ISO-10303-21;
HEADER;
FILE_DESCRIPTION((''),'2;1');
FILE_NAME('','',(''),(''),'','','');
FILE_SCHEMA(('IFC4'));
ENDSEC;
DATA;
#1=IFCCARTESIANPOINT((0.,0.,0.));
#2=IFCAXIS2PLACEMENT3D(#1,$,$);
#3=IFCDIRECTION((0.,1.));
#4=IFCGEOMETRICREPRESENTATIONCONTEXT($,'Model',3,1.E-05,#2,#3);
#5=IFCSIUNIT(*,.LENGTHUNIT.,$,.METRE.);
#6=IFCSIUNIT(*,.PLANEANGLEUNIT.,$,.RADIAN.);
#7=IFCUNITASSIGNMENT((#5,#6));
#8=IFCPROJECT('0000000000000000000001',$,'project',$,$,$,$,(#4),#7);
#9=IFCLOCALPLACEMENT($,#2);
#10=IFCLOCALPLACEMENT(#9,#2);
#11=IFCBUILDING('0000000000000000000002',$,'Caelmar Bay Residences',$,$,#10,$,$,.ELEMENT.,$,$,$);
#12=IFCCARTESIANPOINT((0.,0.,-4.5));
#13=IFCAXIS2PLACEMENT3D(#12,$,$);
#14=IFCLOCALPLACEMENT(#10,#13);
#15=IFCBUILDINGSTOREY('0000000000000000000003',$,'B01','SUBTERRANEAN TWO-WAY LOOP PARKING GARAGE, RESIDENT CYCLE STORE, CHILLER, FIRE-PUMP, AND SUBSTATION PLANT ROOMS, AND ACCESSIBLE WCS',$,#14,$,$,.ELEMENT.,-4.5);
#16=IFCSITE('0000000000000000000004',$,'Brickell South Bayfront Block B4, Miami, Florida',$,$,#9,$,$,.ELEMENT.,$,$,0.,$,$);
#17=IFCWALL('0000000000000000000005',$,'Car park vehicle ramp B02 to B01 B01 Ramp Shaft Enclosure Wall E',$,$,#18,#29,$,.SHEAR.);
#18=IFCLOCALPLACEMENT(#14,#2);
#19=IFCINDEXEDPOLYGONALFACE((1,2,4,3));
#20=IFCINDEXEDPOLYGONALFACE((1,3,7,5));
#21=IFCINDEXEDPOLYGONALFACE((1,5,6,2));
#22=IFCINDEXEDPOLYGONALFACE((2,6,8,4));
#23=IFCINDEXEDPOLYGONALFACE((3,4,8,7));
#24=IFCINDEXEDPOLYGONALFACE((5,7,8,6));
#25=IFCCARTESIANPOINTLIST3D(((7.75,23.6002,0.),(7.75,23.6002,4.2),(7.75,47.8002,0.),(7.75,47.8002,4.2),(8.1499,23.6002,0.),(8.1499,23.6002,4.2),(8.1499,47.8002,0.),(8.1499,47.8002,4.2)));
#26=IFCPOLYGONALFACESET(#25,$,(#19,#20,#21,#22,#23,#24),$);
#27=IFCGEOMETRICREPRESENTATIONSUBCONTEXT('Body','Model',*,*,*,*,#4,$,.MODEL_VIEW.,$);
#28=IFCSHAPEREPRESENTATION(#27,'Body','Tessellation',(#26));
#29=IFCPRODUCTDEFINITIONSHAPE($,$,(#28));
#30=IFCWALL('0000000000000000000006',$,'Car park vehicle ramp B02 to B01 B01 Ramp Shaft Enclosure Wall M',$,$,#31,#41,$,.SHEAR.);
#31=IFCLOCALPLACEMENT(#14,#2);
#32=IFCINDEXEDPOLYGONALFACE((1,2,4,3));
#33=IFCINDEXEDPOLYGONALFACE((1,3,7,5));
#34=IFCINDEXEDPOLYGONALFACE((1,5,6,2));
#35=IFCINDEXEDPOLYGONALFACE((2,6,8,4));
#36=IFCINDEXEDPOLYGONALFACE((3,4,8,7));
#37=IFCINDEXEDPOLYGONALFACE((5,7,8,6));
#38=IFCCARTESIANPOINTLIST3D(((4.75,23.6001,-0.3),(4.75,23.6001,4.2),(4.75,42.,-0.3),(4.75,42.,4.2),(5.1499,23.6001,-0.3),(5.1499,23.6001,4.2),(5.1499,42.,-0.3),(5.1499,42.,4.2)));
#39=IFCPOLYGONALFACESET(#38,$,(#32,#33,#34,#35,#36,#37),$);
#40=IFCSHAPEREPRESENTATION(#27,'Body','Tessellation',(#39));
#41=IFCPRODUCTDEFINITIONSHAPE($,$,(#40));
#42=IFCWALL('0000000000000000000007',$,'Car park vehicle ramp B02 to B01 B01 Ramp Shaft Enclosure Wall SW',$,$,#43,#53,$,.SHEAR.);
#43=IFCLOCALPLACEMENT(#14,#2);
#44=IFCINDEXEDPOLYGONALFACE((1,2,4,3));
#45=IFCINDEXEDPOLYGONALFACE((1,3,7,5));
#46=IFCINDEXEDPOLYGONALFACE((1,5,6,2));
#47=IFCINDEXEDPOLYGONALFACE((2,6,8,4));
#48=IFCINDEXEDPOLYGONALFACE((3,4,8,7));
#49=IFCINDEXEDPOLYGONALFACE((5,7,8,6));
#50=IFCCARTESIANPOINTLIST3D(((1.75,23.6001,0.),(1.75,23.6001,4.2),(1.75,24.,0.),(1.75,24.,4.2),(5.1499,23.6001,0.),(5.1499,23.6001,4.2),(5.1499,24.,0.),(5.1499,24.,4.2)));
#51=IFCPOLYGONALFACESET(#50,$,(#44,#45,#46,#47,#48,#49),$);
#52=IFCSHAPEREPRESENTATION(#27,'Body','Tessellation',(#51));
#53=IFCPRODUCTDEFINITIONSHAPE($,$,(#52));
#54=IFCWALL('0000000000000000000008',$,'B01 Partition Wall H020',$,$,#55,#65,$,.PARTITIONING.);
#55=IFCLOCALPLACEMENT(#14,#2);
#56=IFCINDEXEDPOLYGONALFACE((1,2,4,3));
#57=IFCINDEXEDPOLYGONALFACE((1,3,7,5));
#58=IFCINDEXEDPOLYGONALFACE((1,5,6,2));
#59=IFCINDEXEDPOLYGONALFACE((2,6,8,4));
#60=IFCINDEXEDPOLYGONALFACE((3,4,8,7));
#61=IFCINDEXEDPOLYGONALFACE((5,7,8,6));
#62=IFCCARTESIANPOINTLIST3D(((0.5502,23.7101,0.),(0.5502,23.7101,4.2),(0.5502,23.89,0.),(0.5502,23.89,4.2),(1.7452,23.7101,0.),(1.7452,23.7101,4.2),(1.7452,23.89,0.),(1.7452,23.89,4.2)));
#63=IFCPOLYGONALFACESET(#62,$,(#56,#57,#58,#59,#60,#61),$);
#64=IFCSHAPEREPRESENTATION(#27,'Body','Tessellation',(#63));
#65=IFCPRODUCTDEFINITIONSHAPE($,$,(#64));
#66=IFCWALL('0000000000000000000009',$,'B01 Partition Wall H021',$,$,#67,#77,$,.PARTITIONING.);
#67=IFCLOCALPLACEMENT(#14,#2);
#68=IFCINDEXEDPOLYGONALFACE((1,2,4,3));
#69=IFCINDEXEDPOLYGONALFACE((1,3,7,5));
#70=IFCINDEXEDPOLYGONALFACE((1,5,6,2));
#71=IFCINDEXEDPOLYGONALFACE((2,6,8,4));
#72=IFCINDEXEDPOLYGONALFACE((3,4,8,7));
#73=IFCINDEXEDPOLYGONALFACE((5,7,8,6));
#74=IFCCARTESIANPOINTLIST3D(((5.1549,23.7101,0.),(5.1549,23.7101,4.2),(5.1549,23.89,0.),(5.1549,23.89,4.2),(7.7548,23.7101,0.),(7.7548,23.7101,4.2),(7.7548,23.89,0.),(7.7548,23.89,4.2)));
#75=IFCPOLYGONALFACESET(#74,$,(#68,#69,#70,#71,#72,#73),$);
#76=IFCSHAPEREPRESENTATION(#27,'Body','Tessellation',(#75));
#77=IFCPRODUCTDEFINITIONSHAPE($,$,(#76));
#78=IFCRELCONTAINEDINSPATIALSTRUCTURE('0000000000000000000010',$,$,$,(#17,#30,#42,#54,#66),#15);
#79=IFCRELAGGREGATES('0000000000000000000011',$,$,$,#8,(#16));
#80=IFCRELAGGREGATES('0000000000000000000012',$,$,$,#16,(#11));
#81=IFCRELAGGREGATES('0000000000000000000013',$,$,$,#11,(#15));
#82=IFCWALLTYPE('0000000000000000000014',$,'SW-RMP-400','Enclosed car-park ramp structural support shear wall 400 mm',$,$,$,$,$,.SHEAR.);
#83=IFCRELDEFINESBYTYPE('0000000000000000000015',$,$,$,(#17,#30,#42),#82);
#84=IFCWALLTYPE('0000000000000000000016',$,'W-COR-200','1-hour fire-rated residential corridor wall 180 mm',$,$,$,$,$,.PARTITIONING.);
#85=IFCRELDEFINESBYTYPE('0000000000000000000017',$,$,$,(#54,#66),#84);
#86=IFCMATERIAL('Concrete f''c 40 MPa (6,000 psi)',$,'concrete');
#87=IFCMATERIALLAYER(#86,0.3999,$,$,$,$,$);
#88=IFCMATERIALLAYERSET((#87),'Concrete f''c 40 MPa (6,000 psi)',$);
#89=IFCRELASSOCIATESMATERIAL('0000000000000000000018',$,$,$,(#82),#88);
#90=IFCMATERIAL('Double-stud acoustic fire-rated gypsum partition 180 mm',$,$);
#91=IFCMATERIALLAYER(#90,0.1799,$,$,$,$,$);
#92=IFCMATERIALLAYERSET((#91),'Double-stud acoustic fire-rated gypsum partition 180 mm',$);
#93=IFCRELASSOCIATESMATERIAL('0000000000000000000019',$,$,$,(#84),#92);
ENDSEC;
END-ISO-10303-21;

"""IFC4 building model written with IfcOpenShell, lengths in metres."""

from ifc_helpers import new_model, si_unit, direction, frame, frame_2d, origin, place, context, subcontext, project, spatial, rectangle, extrude, material, layer, layer_set, type_object, element, save


model = new_model("IFC4")

# Units and contexts
model_context = context("Model", 3, precision=1e-05, world=origin(), true_north=direction((0.0, 1.0)))
body_context = subcontext(model_context, "Body", "Model", "MODEL_VIEW")
ifc_project = project(units=[si_unit("LENGTHUNIT", "METRE"), si_unit("PLANEANGLEUNIT", "RADIAN")], contexts=[model_context])

# Site, building, storey
site_placement = place(None, origin())
site = spatial("IfcSite", under=ifc_project, at=site_placement, Name="Brickell South Bayfront Block B4, Miami, Florida", CompositionType="ELEMENT", RefElevation=0.0)
building_placement = place(site_placement, origin())
building = spatial("IfcBuilding", under=site, at=building_placement, Name="Caelmar Bay Residences", CompositionType="ELEMENT")
storey_placement = place(building_placement, frame((0.0, 0.0, -4.5)))
storey = spatial("IfcBuildingStorey", under=building, at=storey_placement, Name="B01", Description="SUBTERRANEAN TWO-WAY LOOP PARKING GARAGE, RESIDENT CYCLE STORE, CHILLER, FIRE-PUMP, AND SUBSTATION PLANT ROOMS, AND ACCESSIBLE WCS", CompositionType="ELEMENT", Elevation=-4.5)

# Walls
ifc_material_1 = material(Name="Concrete f'c 40 MPa (6,000 psi)", Category="concrete")
ifc_layer_1 = layer(ifc_material_1, 0.3999)
ifc_layer_set_1 = layer_set([ifc_layer_1], Name="Concrete f'c 40 MPa (6,000 psi)")
wall_type_1 = type_object("IfcWallType", Name="SW-RMP-400", Description="Enclosed car-park ramp structural support shear wall 400 mm", PredefinedType="SHEAR", material=ifc_layer_set_1)
for number, where, z_axis, x_axis, name in (
    (1, (7.95, 23.6001, 0.0), (0.0, 0.0, 1.0), (0.0, 1.0, 0.0), "Car park vehicle ramp B02 to B01 B01 Ramp Shaft Enclosure Wall E"),
):
    element("IfcWall", number, at=place(storey_placement, frame(where, z_axis=z_axis, x_axis=x_axis)), inside=storey, type_object=wall_type_1, Name=name, PredefinedType="SHEAR", context=body_context, shape_type="SweptSolid", body=[
        extrude(rectangle(XDim=24.2, YDim=0.3999, at=frame_2d((12.1001, 0.0))), origin(), (0.0, 0.0, 1.0), 4.2),
    ])
wall_1_placement = place(storey_placement, frame((4.95, 23.6001, -0.3), z_axis=(0.0, 0.0, 1.0), x_axis=(0.0, 1.0, 0.0)))
element("IfcWall", 2, at=wall_1_placement, inside=storey, type_object=wall_type_1, Name="Car park vehicle ramp B02 to B01 B01 Ramp Shaft Enclosure Wall M", PredefinedType="SHEAR", context=body_context, shape_type="SweptSolid", body=[
    extrude(rectangle(XDim=18.3999, YDim=0.3999, at=frame_2d((9.2, 0.0))), origin(), (0.0, 0.0, 1.0), 4.5),
])
wall_2_placement = place(storey_placement, frame((1.75, 23.8, 0.0), z_axis=(0.0, 0.0, 1.0), x_axis=(1.0, 0.0, 0.0)))
element("IfcWall", 3, at=wall_2_placement, inside=storey, type_object=wall_type_1, Name="Car park vehicle ramp B02 to B01 B01 Ramp Shaft Enclosure Wall SW", PredefinedType="SHEAR", context=body_context, shape_type="SweptSolid", body=[
    extrude(rectangle(XDim=3.3999, YDim=0.3999, at=frame_2d((1.7, 0.0))), origin(), (0.0, 0.0, 1.0), 4.2),
])
ifc_material_2 = material(Name="Double-stud acoustic fire-rated gypsum partition 180 mm")
ifc_layer_2 = layer(ifc_material_2, 0.1799)
ifc_layer_set_2 = layer_set([ifc_layer_2], Name="Double-stud acoustic fire-rated gypsum partition 180 mm")
wall_type_2 = type_object("IfcWallType", Name="W-COR-200", Description="1-hour fire-rated residential corridor wall 180 mm", PredefinedType="PARTITIONING", material=ifc_layer_set_2)
wall_3_placement = place(storey_placement, frame((0.55, 23.8, 0.0), z_axis=(0.0, 0.0, 1.0), x_axis=(1.0, 0.0, 0.0)))
element("IfcWall", 4, at=wall_3_placement, inside=storey, type_object=wall_type_2, Name="B01 Partition Wall H020", PredefinedType="PARTITIONING", context=body_context, shape_type="SweptSolid", body=[
    extrude(rectangle(XDim=1.1951, YDim=0.1799, at=frame_2d((0.5977, 0.0))), origin(), (0.0, 0.0, 1.0), 4.2),
])
wall_4_placement = place(storey_placement, frame((5.155, 23.8, 0.0), z_axis=(0.0, 0.0, 1.0), x_axis=(1.0, 0.0, 0.0)))
element("IfcWall", 5, at=wall_4_placement, inside=storey, type_object=wall_type_2, Name="B01 Partition Wall H021", PredefinedType="PARTITIONING", context=body_context, shape_type="SweptSolid", body=[
    extrude(rectangle(XDim=2.5999, YDim=0.1799, at=frame_2d((1.2998, 0.0))), origin(), (0.0, 0.0, 1.0), 4.2),
])

save(model, "model.ifc")
